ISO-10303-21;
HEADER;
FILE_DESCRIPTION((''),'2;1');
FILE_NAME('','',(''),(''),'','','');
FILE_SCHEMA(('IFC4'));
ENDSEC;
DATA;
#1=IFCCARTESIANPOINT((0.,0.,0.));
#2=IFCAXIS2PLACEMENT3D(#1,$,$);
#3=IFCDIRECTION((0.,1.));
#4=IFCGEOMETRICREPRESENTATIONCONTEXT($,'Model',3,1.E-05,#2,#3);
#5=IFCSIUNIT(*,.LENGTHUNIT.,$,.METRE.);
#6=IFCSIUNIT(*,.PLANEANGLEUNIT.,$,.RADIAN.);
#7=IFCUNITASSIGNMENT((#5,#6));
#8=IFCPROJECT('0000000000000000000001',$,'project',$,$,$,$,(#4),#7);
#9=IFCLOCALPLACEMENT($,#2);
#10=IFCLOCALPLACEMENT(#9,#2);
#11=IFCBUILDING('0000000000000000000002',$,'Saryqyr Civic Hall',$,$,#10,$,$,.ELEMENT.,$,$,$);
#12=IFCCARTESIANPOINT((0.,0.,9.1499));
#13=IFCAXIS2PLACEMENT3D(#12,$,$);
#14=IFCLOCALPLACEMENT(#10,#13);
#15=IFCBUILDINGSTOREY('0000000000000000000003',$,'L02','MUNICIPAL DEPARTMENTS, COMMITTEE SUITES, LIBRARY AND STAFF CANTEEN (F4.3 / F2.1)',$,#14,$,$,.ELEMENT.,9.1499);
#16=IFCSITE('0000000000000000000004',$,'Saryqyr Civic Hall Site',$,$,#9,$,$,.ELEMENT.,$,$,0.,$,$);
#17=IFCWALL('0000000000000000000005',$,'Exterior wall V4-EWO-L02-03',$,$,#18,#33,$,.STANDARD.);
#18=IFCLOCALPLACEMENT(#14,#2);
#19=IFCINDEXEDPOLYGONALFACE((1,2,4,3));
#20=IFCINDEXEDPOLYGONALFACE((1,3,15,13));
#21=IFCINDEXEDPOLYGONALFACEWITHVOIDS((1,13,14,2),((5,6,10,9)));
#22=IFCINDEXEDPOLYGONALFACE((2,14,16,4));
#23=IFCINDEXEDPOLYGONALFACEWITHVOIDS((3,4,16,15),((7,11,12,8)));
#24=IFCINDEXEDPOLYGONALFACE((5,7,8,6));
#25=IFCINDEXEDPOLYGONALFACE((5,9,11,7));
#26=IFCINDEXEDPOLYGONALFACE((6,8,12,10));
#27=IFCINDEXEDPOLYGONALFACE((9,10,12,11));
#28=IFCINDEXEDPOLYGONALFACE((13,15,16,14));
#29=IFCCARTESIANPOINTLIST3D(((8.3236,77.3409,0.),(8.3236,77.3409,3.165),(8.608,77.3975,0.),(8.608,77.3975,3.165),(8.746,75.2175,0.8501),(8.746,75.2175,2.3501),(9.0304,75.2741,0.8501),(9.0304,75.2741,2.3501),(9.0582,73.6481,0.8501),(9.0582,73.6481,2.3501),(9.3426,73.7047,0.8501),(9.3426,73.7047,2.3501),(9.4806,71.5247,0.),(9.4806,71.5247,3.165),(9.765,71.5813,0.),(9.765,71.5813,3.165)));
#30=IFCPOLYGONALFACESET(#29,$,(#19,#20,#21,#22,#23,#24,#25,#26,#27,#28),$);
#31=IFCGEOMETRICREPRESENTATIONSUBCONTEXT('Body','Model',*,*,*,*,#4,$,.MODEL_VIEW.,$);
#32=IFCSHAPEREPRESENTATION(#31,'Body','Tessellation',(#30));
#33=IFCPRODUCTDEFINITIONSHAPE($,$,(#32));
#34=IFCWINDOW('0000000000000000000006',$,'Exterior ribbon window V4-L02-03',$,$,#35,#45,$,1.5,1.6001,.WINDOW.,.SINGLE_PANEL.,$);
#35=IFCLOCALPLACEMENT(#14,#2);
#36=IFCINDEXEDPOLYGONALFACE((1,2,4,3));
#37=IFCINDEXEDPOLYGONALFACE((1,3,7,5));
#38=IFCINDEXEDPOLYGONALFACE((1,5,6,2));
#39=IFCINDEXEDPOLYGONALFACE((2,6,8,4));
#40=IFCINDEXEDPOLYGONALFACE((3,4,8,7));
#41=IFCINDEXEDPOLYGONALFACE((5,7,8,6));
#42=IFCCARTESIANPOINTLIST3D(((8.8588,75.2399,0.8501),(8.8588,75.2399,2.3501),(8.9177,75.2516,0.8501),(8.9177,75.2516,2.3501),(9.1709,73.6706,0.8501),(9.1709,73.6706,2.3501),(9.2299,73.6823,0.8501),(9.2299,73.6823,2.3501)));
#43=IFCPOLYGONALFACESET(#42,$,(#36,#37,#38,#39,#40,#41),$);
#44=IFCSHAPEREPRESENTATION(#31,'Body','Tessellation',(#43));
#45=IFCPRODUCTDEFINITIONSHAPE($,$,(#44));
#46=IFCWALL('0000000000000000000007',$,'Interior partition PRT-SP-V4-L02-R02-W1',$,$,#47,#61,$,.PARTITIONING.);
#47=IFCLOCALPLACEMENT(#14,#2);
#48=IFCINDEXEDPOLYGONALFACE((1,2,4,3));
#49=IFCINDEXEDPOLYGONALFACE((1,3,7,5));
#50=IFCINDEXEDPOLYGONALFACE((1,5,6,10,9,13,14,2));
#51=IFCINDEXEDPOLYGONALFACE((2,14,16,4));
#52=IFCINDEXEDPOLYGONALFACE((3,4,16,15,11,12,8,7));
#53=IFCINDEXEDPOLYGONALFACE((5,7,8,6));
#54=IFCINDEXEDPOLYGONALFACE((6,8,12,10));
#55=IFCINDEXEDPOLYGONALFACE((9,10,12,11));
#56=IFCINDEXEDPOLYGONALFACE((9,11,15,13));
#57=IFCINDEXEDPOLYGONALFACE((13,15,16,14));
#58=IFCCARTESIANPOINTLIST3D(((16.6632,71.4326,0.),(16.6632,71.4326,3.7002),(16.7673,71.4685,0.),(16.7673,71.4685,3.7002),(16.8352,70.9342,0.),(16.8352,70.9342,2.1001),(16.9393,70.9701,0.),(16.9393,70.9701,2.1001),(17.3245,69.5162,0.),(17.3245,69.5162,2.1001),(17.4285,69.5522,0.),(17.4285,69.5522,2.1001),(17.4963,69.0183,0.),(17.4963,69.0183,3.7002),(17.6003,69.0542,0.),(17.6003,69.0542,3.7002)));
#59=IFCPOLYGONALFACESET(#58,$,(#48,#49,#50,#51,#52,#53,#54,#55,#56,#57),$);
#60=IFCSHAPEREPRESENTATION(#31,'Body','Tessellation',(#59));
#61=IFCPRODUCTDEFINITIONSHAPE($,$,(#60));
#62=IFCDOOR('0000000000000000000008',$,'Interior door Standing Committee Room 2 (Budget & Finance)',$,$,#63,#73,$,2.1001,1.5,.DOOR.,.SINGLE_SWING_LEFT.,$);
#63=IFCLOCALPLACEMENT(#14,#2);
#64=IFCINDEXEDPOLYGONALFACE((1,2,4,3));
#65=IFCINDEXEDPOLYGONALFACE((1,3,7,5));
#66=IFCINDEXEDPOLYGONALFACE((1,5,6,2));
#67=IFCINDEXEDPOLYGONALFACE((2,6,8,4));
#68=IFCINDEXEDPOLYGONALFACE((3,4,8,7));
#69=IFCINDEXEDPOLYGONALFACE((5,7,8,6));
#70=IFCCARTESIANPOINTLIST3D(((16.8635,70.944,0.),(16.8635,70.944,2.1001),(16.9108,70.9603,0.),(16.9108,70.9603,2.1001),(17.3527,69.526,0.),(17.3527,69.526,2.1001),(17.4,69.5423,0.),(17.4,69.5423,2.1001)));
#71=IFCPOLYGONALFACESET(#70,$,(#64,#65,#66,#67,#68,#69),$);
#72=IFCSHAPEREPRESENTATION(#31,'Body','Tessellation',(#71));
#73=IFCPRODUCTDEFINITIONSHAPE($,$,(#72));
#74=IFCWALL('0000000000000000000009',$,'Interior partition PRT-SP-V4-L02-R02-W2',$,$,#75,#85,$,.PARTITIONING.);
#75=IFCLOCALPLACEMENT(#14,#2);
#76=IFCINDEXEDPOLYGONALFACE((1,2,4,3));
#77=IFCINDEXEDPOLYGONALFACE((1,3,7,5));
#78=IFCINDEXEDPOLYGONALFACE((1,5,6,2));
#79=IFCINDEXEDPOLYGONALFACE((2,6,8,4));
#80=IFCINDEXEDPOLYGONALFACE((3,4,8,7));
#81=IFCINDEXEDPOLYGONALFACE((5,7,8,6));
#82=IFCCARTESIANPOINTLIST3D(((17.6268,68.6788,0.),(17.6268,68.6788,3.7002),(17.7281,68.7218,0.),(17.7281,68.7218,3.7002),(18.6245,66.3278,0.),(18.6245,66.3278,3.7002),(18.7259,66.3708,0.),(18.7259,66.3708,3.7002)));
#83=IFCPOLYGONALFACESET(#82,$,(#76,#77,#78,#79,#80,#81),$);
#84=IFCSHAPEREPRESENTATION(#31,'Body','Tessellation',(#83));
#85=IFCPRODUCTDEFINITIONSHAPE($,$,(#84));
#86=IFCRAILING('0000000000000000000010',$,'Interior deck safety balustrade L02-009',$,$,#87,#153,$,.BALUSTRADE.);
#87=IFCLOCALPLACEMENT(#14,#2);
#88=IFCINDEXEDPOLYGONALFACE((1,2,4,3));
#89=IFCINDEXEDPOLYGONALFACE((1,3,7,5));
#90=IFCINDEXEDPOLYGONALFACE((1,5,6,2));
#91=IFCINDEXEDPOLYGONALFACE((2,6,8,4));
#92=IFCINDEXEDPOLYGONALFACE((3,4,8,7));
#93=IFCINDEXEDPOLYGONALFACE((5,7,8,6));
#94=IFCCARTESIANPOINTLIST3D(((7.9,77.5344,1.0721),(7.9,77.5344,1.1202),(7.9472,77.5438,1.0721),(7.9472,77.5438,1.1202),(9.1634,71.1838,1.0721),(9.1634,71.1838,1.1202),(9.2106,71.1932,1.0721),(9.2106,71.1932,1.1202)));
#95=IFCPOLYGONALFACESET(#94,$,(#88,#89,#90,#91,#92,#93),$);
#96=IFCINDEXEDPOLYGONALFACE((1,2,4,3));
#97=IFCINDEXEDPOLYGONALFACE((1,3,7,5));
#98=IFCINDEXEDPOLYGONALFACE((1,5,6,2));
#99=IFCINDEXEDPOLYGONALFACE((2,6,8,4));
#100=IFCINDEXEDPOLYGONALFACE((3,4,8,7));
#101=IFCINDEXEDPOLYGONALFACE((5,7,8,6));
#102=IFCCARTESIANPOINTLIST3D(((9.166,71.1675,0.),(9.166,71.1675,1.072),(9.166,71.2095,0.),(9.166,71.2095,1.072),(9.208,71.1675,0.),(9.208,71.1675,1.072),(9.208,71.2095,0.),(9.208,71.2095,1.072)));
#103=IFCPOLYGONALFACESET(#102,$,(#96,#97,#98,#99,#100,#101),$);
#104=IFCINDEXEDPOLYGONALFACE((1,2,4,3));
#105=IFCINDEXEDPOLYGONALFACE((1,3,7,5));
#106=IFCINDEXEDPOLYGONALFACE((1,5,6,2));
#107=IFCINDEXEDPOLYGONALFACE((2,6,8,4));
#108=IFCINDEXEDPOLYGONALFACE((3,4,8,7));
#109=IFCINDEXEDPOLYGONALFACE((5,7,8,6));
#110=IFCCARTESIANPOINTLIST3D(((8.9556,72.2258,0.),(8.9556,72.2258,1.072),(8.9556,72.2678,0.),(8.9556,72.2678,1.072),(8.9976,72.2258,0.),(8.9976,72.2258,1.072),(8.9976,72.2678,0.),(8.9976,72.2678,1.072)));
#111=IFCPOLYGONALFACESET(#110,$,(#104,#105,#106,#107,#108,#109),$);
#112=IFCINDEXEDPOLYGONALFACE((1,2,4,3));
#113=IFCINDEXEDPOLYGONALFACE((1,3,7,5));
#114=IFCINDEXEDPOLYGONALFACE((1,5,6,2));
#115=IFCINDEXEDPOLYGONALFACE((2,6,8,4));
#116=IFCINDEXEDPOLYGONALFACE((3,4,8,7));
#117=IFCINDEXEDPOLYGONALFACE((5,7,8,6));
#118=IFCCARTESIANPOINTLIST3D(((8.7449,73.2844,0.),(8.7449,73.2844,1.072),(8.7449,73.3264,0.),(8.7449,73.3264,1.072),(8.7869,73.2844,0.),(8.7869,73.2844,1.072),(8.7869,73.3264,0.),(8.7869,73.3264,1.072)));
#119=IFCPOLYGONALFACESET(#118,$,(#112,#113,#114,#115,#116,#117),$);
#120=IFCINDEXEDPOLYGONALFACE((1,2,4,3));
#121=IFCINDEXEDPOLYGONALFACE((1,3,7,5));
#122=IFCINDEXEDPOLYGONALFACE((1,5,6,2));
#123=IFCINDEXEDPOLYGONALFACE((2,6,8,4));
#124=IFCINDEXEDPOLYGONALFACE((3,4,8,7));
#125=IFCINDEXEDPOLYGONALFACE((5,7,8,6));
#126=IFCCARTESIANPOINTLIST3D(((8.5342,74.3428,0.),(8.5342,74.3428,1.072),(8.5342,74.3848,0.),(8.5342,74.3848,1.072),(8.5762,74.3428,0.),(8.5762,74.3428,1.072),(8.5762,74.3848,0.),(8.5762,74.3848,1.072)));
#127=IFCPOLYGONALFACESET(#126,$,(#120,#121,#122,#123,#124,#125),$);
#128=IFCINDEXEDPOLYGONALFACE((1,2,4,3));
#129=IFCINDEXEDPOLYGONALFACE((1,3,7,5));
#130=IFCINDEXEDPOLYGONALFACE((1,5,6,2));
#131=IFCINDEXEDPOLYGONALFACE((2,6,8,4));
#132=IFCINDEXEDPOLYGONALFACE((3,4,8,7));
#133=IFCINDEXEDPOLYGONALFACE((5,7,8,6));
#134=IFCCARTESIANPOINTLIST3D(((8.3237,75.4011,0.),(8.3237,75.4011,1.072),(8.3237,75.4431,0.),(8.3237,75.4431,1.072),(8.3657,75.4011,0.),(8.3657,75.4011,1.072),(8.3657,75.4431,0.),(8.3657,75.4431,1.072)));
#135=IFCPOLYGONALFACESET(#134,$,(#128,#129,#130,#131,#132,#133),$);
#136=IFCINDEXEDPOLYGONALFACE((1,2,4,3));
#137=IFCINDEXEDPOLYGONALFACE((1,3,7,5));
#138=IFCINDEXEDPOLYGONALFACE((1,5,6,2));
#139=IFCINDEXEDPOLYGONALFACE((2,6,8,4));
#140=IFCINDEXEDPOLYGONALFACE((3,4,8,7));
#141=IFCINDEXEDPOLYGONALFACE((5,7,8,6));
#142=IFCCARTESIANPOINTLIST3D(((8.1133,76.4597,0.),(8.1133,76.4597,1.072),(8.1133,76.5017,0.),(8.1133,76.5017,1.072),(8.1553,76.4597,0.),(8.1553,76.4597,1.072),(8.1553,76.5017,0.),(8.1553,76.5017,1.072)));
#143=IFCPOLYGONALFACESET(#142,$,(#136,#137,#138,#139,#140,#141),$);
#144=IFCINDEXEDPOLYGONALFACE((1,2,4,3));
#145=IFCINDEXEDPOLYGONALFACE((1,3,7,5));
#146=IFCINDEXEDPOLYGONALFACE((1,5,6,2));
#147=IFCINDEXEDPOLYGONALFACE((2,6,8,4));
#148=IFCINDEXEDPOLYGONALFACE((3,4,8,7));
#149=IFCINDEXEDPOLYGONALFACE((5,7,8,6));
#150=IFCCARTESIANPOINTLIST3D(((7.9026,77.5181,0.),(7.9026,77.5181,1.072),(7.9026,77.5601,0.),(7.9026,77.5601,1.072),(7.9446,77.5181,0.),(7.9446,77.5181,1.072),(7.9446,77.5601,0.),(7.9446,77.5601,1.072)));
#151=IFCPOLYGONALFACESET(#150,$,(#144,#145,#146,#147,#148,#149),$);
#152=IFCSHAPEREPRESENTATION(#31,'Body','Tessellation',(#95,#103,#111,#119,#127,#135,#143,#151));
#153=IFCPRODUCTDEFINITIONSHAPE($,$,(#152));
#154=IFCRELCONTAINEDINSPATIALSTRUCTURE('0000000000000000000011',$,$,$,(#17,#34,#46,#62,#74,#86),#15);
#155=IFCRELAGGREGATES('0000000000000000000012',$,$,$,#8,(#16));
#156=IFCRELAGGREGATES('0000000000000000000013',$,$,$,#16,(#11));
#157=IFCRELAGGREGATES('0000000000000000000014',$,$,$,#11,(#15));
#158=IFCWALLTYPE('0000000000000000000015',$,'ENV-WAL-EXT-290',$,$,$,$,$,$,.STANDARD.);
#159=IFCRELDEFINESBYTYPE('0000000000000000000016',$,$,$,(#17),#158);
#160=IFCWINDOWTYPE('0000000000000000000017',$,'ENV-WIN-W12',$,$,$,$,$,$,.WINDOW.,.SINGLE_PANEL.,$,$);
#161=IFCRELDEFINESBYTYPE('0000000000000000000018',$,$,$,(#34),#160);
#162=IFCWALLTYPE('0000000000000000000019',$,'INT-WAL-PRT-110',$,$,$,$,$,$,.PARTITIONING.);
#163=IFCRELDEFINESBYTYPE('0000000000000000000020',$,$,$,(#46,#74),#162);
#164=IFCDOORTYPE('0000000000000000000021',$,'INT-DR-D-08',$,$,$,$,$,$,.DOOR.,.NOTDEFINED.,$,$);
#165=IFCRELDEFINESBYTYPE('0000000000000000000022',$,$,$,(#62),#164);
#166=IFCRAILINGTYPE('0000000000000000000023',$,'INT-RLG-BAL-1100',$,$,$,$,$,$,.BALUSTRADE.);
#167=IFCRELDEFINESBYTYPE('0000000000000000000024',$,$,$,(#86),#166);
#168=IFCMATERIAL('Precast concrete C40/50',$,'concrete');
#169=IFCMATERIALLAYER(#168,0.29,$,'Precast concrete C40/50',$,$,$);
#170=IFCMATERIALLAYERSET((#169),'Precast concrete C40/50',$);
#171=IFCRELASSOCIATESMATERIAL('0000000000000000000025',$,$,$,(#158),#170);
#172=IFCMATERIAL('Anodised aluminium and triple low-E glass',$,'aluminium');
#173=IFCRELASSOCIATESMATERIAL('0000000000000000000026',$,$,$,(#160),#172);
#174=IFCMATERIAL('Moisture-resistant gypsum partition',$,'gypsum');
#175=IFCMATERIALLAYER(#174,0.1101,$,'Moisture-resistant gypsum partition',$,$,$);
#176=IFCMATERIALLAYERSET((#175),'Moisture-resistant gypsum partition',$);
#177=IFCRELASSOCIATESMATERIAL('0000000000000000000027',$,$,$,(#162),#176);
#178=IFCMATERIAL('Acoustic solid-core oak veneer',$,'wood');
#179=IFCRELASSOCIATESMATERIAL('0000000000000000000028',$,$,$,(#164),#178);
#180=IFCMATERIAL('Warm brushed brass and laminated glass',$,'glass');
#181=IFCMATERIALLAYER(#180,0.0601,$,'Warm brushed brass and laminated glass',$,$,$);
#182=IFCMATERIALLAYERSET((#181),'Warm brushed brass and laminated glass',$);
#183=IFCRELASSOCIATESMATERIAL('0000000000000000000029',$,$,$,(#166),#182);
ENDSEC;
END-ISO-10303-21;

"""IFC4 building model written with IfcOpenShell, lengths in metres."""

from ifc_helpers import new_model, si_unit, direction, frame, frame_2d, origin, origin_2d, place, context, subcontext, project, spatial, rectangle, extrude, material, layer, layer_set, type_object, element, fill, save


model = new_model("IFC4")

# Units and contexts
model_context = context("Model", 3, precision=1e-05, world=origin(), true_north=direction((0.0, 1.0)))
body_context = subcontext(model_context, "Body", "Model", "MODEL_VIEW")
ifc_project = project(units=[si_unit("LENGTHUNIT", "METRE"), si_unit("PLANEANGLEUNIT", "RADIAN")], contexts=[model_context])

# Site, building, storey
site_placement = place(None, origin())
site = spatial("IfcSite", under=ifc_project, at=site_placement, Name="Saryqyr Civic Hall Site", CompositionType="ELEMENT", RefElevation=0.0)
building_placement = place(site_placement, origin())
building = spatial("IfcBuilding", under=site, at=building_placement, Name="Saryqyr Civic Hall", CompositionType="ELEMENT")
storey_placement = place(building_placement, frame((0.0, 0.0, 9.1499)))
storey = spatial("IfcBuildingStorey", under=building, at=storey_placement, Name="L02", Description="MUNICIPAL DEPARTMENTS, COMMITTEE SUITES, LIBRARY AND STAFF CANTEEN (F4.3 / F2.1)", CompositionType="ELEMENT", Elevation=9.1499)

# Shared definitions
ifc_material_1 = material(Name="Anodised aluminium and triple low-E glass", Category="aluminium")

# Wall, opening, window
ifc_material_2 = material(Name="Precast concrete C40/50", Category="concrete")
ifc_layer_1 = layer(ifc_material_2, 0.29, Name="Precast concrete C40/50")
ifc_layer_set_1 = layer_set([ifc_layer_1], Name="Precast concrete C40/50")
wall_type_1 = type_object("IfcWallType", Name="ENV-WAL-EXT-290", PredefinedType="STANDARD", material=ifc_layer_set_1)
wall_1_placement = place(storey_placement, frame((9.6228, 71.553, 0.0), z_axis=(0.0, 0.0, 1.0), x_axis=(-0.195103, 0.980783, 0.0)))
wall_1 = element("IfcWall", 1, at=wall_1_placement, inside=storey, type_object=wall_type_1, Name="Exterior wall V4-EWO-L02-03", PredefinedType="STANDARD", context=body_context, shape_type="SweptSolid", body=[
    extrude(rectangle(XDim=5.9302, YDim=0.29, at=frame_2d((2.9651, 0.0))), origin(), (0.0, 0.0, 1.0), 3.165),
])
opening_1_placement = place(wall_1_placement, frame((2.165, 0.0, 0.8501)))
opening_1 = element("IfcOpeningElement", 2, at=opening_1_placement, cuts=wall_1, PredefinedType="OPENING", context=body_context, shape_type="SweptSolid", body=[
    extrude(rectangle(XDim=1.6001, YDim=1.5, at=frame_2d((0.8, 0.75))), frame((0.0, 0.155, 0.0), z_axis=(0.0, -1.0, 0.0), x_axis=(1.0, 0.0, 0.0)), (0.0, 0.0, 1.0), 0.3101),
])
window_type = type_object("IfcWindowType", Name="ENV-WIN-W12", PartitioningType="SINGLE_PANEL", PredefinedType="WINDOW", material=ifc_material_1)
window_placement = place(opening_1_placement, origin())
window = element("IfcWindow", 3, at=window_placement, inside=storey, type_object=window_type, Name="Exterior ribbon window V4-L02-03", OverallHeight=1.5, OverallWidth=1.6001, PartitioningType="SINGLE_PANEL", PredefinedType="WINDOW", context=body_context, shape_type="SweptSolid", body=[
    extrude(rectangle(XDim=1.6001, YDim=1.5, at=frame_2d((0.8, 0.75))), frame((0.0, 0.03, 0.0), z_axis=(0.0, -1.0, 0.0), x_axis=(1.0, 0.0, 0.0)), (0.0, 0.0, 1.0), 0.0601),
])
fill(opening_1, window)

# Wall, opening, door
ifc_material_3 = material(Name="Moisture-resistant gypsum partition", Category="gypsum")
ifc_layer_2 = layer(ifc_material_3, 0.1101, Name="Moisture-resistant gypsum partition")
ifc_layer_set_2 = layer_set([ifc_layer_2], Name="Moisture-resistant gypsum partition")
wall_type_2 = type_object("IfcWallType", Name="INT-WAL-PRT-110", PredefinedType="PARTITIONING", material=ifc_layer_set_2)
wall_2_placement = place(storey_placement, frame((16.7153, 71.4504, 0.0), z_axis=(0.0, 0.0, 1.0), x_axis=(0.326162, -0.945314, 0.0)))
wall_2 = element("IfcWall", 4, at=wall_2_placement, inside=storey, type_object=wall_type_2, Name="Interior partition PRT-SP-V4-L02-R02-W1", PredefinedType="PARTITIONING", context=body_context, shape_type="SweptSolid", body=[
    extrude(rectangle(XDim=2.554, YDim=0.1101, at=frame_2d((1.2769, 0.0))), origin(), (0.0, 0.0, 1.0), 3.7002),
])
opening_2_placement = place(wall_2_placement, frame((0.5271, 0.0, 0.0)))
opening_2 = element("IfcOpeningElement", 5, at=opening_2_placement, cuts=wall_2, PredefinedType="OPENING", context=body_context, shape_type="SweptSolid", body=[
    extrude(rectangle(XDim=1.5, YDim=2.1001, at=frame_2d((0.75, 1.05))), frame((0.0, 0.0649, 0.0), z_axis=(0.0, -1.0, 0.0), x_axis=(1.0, 0.0, 0.0)), (0.0, 0.0, 1.0), 0.1301),
])
ifc_material_4 = material(Name="Acoustic solid-core oak veneer", Category="wood")
door_type = type_object("IfcDoorType", Name="INT-DR-D-08", OperationType="NOTDEFINED", PredefinedType="DOOR", material=ifc_material_4)
door_placement = place(opening_2_placement, origin())
door = element("IfcDoor", 6, at=door_placement, inside=storey, type_object=door_type, Name="Interior door Standing Committee Room 2 (Budget & Finance)", OperationType="SINGLE_SWING_LEFT", OverallHeight=2.1001, OverallWidth=1.5, PredefinedType="DOOR", context=body_context, shape_type="SweptSolid", body=[
    extrude(rectangle(XDim=1.5, YDim=2.1001, at=frame_2d((0.75, 1.05))), frame((0.0, 0.0249, 0.0), z_axis=(0.0, -1.0, 0.0), x_axis=(1.0, 0.0, 0.0)), (0.0, 0.0, 1.0), 0.05),
])
fill(opening_2, door)

# Wall
wall_3_placement = place(storey_placement, frame((17.6775, 68.7002, 0.0), z_axis=(0.0, 0.0, 1.0), x_axis=(0.390675, -0.920529, 0.0)))
element("IfcWall", 7, at=wall_3_placement, inside=storey, type_object=wall_type_2, Name="Interior partition PRT-SP-V4-L02-R02-W2", PredefinedType="PARTITIONING", context=body_context, shape_type="SweptSolid", body=[
    extrude(rectangle(XDim=2.554, YDim=0.1101, at=frame_2d((1.2769, 0.0))), origin(), (0.0, 0.0, 1.0), 3.7002),
])

# Railing
ifc_material_5 = material(Name="Warm brushed brass and laminated glass", Category="glass")
ifc_layer_3 = layer(ifc_material_5, 0.0601, Name="Warm brushed brass and laminated glass")
ifc_layer_set_3 = layer_set([ifc_layer_3], Name="Warm brushed brass and laminated glass")
railing_type = type_object("IfcRailingType", Name="INT-RLG-BAL-1100", PredefinedType="BALUSTRADE", material=ifc_layer_set_3)
railing_placement = place(storey_placement, frame((9.187, 71.1885, 0.0)))
element("IfcRailing", 8, at=railing_placement, inside=storey, type_object=railing_type, Name="Interior deck safety balustrade L02-009", PredefinedType="BALUSTRADE", context=body_context, shape_type="SweptSolid", body=[
    extrude(rectangle(XDim=0.0481, YDim=0.0481, at=origin_2d()), frame((0.0, 0.0, 1.0962), z_axis=(-0.195123, 0.980779, 0.0), x_axis=(-0.980779, -0.195123, 0.0)), (0.0, 0.0, 1.0), 6.4751),
    extrude(rectangle(XDim=0.042, YDim=0.042, at=origin_2d()), origin(), (0.0, 0.0, 1.0), 1.072),
    extrude(rectangle(XDim=0.042, YDim=0.042, at=origin_2d()), frame((-0.2104, 1.0583, 0.0)), (0.0, 0.0, 1.0), 1.072),
    extrude(rectangle(XDim=0.042, YDim=0.042, at=origin_2d()), frame((-0.4211, 2.1169, 0.0)), (0.0, 0.0, 1.0), 1.072),
    extrude(rectangle(XDim=0.042, YDim=0.042, at=origin_2d()), frame((-0.6318, 3.1753, 0.0)), (0.0, 0.0, 1.0), 1.072),
    extrude(rectangle(XDim=0.042, YDim=0.042, at=origin_2d()), frame((-0.8423, 4.2336, 0.0)), (0.0, 0.0, 1.0), 1.072),
    extrude(rectangle(XDim=0.042, YDim=0.042, at=origin_2d()), frame((-1.0527, 5.2922, 0.0)), (0.0, 0.0, 1.0), 1.072),
    extrude(rectangle(XDim=0.042, YDim=0.042, at=origin_2d()), frame((-1.2634, 6.3506, 0.0)), (0.0, 0.0, 1.0), 1.072),
])

save(model, "model.ifc")
